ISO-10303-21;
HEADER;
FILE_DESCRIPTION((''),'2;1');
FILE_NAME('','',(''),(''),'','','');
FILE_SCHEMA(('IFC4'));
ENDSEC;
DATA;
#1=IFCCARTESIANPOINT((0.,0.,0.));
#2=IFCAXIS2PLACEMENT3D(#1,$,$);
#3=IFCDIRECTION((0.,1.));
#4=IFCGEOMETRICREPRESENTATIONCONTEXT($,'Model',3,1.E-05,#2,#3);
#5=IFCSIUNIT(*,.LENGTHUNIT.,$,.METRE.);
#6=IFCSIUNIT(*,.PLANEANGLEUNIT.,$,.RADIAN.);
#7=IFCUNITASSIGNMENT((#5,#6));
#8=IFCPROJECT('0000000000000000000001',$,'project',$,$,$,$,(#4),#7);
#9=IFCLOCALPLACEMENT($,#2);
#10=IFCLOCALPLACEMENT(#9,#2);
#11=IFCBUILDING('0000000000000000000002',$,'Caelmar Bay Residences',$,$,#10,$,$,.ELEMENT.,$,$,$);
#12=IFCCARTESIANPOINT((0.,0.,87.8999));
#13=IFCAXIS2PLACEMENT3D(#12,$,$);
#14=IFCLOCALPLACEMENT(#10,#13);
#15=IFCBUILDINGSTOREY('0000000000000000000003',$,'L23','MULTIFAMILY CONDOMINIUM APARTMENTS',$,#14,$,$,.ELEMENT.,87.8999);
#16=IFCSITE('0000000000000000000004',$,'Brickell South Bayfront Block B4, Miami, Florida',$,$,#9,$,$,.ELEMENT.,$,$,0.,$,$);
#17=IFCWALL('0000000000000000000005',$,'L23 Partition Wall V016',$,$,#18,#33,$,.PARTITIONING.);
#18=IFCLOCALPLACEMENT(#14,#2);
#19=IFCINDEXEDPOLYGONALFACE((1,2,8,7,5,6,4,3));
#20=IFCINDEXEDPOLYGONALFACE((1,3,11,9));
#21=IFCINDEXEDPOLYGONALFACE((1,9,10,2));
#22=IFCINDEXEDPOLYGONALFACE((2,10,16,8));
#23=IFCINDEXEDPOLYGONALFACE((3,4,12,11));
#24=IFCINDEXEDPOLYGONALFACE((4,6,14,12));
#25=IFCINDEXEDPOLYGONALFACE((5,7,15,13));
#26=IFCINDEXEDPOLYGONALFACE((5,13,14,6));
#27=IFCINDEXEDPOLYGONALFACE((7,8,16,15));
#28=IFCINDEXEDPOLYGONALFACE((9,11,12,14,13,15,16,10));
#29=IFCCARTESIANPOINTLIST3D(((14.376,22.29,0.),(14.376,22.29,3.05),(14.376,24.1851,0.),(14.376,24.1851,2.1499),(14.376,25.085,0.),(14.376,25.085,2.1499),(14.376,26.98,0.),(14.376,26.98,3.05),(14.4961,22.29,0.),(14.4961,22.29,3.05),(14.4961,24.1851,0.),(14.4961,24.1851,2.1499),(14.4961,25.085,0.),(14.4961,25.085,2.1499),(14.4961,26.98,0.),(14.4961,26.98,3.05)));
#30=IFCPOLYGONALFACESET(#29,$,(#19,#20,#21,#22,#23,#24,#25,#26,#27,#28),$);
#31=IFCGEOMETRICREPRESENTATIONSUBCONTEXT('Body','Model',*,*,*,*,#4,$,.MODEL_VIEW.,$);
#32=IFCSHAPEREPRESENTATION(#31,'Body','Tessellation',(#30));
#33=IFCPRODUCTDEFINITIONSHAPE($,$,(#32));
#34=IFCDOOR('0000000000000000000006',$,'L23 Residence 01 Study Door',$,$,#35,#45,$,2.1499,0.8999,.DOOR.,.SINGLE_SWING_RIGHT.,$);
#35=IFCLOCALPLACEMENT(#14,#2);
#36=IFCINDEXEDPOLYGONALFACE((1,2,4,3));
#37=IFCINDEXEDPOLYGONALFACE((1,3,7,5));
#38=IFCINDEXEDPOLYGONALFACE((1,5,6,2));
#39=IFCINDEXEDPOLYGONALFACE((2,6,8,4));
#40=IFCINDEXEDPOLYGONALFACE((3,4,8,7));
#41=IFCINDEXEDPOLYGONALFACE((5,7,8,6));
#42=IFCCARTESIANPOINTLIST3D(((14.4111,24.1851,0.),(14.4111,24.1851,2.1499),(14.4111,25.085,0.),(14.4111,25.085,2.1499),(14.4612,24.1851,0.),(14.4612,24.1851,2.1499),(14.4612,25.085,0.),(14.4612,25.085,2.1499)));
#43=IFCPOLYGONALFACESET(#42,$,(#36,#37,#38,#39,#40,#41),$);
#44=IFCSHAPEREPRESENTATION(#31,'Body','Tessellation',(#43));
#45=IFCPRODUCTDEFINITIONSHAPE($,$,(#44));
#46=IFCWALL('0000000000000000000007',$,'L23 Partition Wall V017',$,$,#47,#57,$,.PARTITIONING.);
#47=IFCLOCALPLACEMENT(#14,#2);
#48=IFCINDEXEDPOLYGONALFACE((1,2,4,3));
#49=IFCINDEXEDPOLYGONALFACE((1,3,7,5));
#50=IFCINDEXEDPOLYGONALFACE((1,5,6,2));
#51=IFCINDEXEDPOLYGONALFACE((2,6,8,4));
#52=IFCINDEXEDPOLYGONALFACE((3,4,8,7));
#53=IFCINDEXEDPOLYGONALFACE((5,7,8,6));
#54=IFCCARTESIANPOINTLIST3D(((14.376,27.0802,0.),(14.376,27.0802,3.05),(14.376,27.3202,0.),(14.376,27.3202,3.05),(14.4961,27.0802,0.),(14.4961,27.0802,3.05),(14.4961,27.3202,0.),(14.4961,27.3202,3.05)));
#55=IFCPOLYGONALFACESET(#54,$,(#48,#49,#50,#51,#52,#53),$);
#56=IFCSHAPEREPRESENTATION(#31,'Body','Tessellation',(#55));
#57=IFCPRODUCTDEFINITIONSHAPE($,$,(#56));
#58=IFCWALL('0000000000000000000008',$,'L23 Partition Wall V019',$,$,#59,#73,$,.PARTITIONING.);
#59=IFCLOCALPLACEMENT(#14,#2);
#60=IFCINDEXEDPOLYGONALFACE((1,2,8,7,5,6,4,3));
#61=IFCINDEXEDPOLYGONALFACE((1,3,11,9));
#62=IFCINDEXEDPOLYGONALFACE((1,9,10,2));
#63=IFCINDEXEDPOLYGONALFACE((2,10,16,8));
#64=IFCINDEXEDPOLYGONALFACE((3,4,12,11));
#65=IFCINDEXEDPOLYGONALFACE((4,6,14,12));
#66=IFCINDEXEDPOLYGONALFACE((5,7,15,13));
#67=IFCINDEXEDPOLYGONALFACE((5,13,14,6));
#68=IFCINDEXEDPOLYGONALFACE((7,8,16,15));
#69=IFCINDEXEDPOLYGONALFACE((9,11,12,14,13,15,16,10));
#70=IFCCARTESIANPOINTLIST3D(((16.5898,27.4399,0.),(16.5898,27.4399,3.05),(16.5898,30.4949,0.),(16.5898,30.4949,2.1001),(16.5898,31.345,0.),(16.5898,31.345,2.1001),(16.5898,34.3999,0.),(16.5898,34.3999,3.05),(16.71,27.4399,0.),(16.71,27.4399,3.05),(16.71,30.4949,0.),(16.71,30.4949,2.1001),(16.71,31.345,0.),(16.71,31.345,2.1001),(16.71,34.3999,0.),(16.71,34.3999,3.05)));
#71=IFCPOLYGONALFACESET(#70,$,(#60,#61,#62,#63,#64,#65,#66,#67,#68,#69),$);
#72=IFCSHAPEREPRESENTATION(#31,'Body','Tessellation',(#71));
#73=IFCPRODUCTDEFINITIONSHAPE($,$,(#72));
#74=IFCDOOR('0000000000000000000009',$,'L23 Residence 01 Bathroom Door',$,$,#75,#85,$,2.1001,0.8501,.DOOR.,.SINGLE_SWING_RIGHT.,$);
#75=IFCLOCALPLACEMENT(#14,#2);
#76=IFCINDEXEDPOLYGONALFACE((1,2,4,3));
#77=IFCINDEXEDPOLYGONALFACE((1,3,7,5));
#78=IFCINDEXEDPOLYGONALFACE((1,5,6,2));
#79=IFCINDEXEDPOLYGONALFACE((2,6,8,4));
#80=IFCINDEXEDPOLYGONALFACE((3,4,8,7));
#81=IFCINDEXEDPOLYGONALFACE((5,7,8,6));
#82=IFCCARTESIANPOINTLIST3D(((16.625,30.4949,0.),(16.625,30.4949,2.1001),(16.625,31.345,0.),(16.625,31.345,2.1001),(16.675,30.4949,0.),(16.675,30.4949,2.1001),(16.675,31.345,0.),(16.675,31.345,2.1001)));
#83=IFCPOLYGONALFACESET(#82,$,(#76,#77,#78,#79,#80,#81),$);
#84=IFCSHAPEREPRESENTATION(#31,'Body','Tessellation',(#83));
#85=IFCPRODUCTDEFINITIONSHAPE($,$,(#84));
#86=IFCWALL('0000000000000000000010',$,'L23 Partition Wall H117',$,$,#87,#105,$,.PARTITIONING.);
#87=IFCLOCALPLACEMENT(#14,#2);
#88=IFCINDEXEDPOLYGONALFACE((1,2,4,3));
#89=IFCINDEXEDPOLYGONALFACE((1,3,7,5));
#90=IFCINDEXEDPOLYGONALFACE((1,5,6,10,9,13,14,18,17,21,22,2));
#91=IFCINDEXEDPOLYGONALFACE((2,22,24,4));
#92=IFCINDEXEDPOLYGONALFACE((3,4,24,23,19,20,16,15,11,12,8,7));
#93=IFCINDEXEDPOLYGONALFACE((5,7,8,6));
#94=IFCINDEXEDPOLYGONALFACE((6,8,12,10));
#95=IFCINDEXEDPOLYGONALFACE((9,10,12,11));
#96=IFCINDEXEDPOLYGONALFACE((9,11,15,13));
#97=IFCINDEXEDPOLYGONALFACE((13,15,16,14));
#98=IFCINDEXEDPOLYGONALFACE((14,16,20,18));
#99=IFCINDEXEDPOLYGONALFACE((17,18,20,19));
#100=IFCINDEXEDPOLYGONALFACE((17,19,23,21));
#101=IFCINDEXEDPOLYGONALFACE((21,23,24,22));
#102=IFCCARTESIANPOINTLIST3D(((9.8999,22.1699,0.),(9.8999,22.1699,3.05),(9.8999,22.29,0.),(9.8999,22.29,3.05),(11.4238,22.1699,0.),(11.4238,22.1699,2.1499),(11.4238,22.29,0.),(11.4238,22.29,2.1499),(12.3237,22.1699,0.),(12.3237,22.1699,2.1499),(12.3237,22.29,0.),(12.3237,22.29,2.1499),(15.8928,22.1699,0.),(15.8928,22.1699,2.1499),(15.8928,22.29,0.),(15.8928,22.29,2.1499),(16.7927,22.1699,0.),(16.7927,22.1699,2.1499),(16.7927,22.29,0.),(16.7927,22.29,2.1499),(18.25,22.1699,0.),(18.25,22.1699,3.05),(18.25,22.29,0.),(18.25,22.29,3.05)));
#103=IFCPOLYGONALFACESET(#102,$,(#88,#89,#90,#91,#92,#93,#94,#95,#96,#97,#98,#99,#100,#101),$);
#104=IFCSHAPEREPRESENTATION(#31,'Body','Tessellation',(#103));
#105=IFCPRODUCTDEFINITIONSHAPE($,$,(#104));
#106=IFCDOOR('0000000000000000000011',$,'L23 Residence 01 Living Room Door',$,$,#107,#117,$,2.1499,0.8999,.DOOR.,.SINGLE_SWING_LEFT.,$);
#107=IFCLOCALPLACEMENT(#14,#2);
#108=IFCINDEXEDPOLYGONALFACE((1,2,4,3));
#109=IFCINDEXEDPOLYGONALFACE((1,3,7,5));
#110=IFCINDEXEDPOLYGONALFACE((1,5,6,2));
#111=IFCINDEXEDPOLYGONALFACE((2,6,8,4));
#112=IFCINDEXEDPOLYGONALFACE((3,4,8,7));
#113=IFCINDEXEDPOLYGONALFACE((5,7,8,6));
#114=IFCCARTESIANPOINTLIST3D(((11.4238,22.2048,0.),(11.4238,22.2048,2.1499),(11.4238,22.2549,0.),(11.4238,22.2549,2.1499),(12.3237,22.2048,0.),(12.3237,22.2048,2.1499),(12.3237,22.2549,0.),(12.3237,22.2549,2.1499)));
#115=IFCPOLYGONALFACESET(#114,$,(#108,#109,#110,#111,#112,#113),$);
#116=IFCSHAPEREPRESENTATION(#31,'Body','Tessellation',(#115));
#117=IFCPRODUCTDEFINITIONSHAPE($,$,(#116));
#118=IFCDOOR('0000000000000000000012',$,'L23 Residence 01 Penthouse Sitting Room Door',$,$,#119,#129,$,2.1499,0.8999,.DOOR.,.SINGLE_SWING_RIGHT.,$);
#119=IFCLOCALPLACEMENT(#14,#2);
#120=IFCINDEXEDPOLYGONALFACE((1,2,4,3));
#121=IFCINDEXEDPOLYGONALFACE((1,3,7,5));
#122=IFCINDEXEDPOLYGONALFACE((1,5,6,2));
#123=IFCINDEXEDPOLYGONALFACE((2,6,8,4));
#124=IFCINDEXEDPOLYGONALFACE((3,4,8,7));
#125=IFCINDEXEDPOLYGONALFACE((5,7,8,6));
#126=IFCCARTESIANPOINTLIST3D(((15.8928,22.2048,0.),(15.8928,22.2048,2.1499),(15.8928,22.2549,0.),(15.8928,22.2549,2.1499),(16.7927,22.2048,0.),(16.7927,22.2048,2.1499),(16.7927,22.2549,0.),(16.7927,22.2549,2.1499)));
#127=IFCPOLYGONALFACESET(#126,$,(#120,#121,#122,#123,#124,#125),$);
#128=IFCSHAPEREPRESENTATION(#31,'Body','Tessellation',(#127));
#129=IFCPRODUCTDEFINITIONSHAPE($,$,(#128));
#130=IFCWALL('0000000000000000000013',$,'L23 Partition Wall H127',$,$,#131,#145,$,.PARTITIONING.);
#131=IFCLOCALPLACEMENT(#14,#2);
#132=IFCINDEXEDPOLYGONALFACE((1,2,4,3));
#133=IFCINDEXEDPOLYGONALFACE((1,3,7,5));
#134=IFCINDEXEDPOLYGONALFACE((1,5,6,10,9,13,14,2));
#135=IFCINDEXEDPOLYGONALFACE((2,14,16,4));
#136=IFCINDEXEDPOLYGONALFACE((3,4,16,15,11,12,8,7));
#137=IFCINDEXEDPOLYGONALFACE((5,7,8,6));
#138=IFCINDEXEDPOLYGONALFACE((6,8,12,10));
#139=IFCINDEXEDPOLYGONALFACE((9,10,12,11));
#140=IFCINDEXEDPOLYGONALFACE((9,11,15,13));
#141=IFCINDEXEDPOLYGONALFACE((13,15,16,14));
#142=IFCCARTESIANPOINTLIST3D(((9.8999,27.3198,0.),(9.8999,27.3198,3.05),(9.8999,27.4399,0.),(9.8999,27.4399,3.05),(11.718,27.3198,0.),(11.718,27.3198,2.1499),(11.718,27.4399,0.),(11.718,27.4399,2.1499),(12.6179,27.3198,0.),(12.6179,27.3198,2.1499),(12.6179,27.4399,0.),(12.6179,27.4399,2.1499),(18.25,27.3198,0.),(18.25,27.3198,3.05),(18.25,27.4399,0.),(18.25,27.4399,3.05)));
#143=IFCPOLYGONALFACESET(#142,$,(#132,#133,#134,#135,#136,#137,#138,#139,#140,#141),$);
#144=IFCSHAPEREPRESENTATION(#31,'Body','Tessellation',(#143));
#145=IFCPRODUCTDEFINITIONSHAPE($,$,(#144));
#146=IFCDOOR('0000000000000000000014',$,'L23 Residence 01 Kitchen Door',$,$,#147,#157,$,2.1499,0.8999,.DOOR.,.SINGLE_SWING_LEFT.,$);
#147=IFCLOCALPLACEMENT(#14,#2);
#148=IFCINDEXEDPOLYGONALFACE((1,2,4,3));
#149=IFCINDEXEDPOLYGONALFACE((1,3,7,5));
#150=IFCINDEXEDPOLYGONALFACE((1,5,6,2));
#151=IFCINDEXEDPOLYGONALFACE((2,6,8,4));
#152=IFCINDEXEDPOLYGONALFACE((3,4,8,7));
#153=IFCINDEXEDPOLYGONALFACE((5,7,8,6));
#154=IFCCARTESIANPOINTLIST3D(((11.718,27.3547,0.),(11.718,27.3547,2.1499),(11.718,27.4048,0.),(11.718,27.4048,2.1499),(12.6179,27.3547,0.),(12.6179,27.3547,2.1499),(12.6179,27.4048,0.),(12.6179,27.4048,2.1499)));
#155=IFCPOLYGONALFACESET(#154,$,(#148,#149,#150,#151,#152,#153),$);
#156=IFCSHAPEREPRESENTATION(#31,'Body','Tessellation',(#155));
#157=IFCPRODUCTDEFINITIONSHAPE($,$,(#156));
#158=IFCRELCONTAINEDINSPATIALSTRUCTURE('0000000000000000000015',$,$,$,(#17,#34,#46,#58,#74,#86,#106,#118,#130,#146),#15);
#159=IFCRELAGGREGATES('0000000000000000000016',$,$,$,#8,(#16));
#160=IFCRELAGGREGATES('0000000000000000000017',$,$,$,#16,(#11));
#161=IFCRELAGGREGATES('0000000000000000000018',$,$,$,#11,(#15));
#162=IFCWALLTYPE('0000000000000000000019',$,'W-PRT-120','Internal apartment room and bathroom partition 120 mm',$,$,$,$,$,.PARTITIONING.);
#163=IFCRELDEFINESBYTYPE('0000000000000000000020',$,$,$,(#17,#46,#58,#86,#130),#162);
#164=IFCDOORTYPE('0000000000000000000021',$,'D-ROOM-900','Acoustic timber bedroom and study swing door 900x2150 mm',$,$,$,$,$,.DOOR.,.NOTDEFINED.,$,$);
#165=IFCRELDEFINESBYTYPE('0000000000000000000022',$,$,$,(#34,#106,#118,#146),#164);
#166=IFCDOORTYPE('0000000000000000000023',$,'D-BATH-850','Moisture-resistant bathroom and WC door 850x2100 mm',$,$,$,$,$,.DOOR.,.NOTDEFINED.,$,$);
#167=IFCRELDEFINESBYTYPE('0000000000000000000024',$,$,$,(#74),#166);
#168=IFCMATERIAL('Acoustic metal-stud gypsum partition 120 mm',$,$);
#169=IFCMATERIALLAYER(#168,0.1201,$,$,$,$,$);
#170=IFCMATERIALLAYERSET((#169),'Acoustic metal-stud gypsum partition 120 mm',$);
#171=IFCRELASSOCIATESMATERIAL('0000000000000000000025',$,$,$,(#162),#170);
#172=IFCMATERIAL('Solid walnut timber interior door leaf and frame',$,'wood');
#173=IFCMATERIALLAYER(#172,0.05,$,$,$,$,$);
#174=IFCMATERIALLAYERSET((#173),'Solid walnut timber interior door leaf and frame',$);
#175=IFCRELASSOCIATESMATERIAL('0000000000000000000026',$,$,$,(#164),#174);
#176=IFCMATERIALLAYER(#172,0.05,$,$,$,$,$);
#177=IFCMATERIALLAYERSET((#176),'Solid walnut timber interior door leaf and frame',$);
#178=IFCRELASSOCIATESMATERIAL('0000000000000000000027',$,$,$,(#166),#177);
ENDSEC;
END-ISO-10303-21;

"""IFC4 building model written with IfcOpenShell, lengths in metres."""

from ifc_helpers import new_model, si_unit, direction, frame, frame_2d, origin, place, context, subcontext, project, spatial, rectangle, extrude, material, layer, layer_set, type_object, element, fill, save


model = new_model("IFC4")

# Units and contexts
model_context = context("Model", 3, precision=1e-05, world=origin(), true_north=direction((0.0, 1.0)))
body_context = subcontext(model_context, "Body", "Model", "MODEL_VIEW")
ifc_project = project(units=[si_unit("LENGTHUNIT", "METRE"), si_unit("PLANEANGLEUNIT", "RADIAN")], contexts=[model_context])

# Site, building, storey
site_placement = place(None, origin())
site = spatial("IfcSite", under=ifc_project, at=site_placement, Name="Brickell South Bayfront Block B4, Miami, Florida", CompositionType="ELEMENT", RefElevation=0.0)
building_placement = place(site_placement, origin())
building = spatial("IfcBuilding", under=site, at=building_placement, Name="Caelmar Bay Residences", CompositionType="ELEMENT")
storey_placement = place(building_placement, frame((0.0, 0.0, 87.8999)))
storey = spatial("IfcBuildingStorey", under=building, at=storey_placement, Name="L23", Description="MULTIFAMILY CONDOMINIUM APARTMENTS", CompositionType="ELEMENT", Elevation=87.8999)

# Shared definitions
ifc_material_1 = material(Name="Acoustic metal-stud gypsum partition 120 mm")
ifc_layer_1 = layer(ifc_material_1, 0.1201)
ifc_layer_set_1 = layer_set([ifc_layer_1], Name="Acoustic metal-stud gypsum partition 120 mm")
wall_type_1 = type_object("IfcWallType", Name="W-PRT-120", Description="Internal apartment room and bathroom partition 120 mm", PredefinedType="PARTITIONING", material=ifc_layer_set_1)

# Shared definitions
ifc_material_2 = material(Name="Solid walnut timber interior door leaf and frame", Category="wood")
ifc_layer_2 = layer(ifc_material_2, 0.05)
ifc_layer_set_2 = layer_set([ifc_layer_2], Name="Solid walnut timber interior door leaf and frame")
door_type_1 = type_object("IfcDoorType", Name="D-ROOM-900", Description="Acoustic timber bedroom and study swing door 900x2150 mm", OperationType="NOTDEFINED", PredefinedType="DOOR", material=ifc_layer_set_2)

# Wall, opening, door
wall_1_placement = place(storey_placement, frame((14.436, 22.29, 0.0), z_axis=(0.0, 0.0, 1.0), x_axis=(0.0, 1.0, 0.0)))
wall_1 = element("IfcWall", 1, at=wall_1_placement, inside=storey, type_object=wall_type_1, Name="L23 Partition Wall V016", PredefinedType="PARTITIONING", context=body_context, shape_type="SweptSolid", body=[
    extrude(rectangle(XDim=4.6899, YDim=0.1201, at=frame_2d((2.345, 0.0))), origin(), (0.0, 0.0, 1.0), 3.05),
])
opening_1_placement = place(wall_1_placement, frame((1.895, 0.0, 0.0)))
opening_1 = element("IfcOpeningElement", 2, at=opening_1_placement, cuts=wall_1, PredefinedType="OPENING", context=body_context, shape_type="SweptSolid", body=[
    extrude(rectangle(XDim=0.8999, YDim=2.1499, at=frame_2d((0.45, 1.075))), frame((0.0, 0.0701, 0.0), z_axis=(0.0, -1.0, 0.0), x_axis=(1.0, 0.0, 0.0)), (0.0, 0.0, 1.0), 0.1401),
])
door_1_placement = place(opening_1_placement, origin())
door_1 = element("IfcDoor", 3, at=door_1_placement, inside=storey, type_object=door_type_1, Name="L23 Residence 01 Study Door", OperationType="SINGLE_SWING_RIGHT", OverallHeight=2.1499, OverallWidth=0.8999, PredefinedType="DOOR", context=body_context, shape_type="SweptSolid", body=[
    extrude(rectangle(XDim=0.8999, YDim=2.1499, at=frame_2d((0.45, 1.075))), frame((0.0, 0.0249, 0.0), z_axis=(0.0, -1.0, 0.0), x_axis=(1.0, 0.0, 0.0)), (0.0, 0.0, 1.0), 0.05),
])
fill(opening_1, door_1)

# Wall
wall_2_placement = place(storey_placement, frame((14.436, 27.0801, 0.0), z_axis=(0.0, 0.0, 1.0), x_axis=(0.0, 1.0, 0.0)))
element("IfcWall", 4, at=wall_2_placement, inside=storey, type_object=wall_type_1, Name="L23 Partition Wall V017", PredefinedType="PARTITIONING", context=body_context, shape_type="SweptSolid", body=[
    extrude(rectangle(XDim=0.24, YDim=0.1201, at=frame_2d((0.1201, 0.0))), origin(), (0.0, 0.0, 1.0), 3.05),
])

# Wall, opening, door
wall_3_placement = place(storey_placement, frame((16.6499, 27.4399, 0.0), z_axis=(0.0, 0.0, 1.0), x_axis=(0.0, 1.0, 0.0)))
wall_3 = element("IfcWall", 5, at=wall_3_placement, inside=storey, type_object=wall_type_1, Name="L23 Partition Wall V019", PredefinedType="PARTITIONING", context=body_context, shape_type="SweptSolid", body=[
    extrude(rectangle(XDim=6.96, YDim=0.1201, at=frame_2d((3.48, 0.0))), origin(), (0.0, 0.0, 1.0), 3.05),
])
opening_2_placement = place(wall_3_placement, frame((3.0549, 0.0, 0.0)))
opening_2 = element("IfcOpeningElement", 6, at=opening_2_placement, cuts=wall_3, PredefinedType="OPENING", context=body_context, shape_type="SweptSolid", body=[
    extrude(rectangle(XDim=0.8501, YDim=2.1001, at=frame_2d((0.425, 1.05))), frame((0.0, 0.0701, 0.0), z_axis=(0.0, -1.0, 0.0), x_axis=(1.0, 0.0, 0.0)), (0.0, 0.0, 1.0), 0.1401),
])
ifc_layer_3 = layer(ifc_material_2, 0.05)
ifc_layer_set_3 = layer_set([ifc_layer_3], Name="Solid walnut timber interior door leaf and frame")
door_type_2 = type_object("IfcDoorType", Name="D-BATH-850", Description="Moisture-resistant bathroom and WC door 850x2100 mm", OperationType="NOTDEFINED", PredefinedType="DOOR", material=ifc_layer_set_3)
door_2_placement = place(opening_2_placement, origin())
door_2 = element("IfcDoor", 7, at=door_2_placement, inside=storey, type_object=door_type_2, Name="L23 Residence 01 Bathroom Door", OperationType="SINGLE_SWING_RIGHT", OverallHeight=2.1001, OverallWidth=0.8501, PredefinedType="DOOR", context=body_context, shape_type="SweptSolid", body=[
    extrude(rectangle(XDim=0.8501, YDim=2.1001, at=frame_2d((0.425, 1.05))), frame((0.0, 0.0249, 0.0), z_axis=(0.0, -1.0, 0.0), x_axis=(1.0, 0.0, 0.0)), (0.0, 0.0, 1.0), 0.05),
])
fill(opening_2, door_2)

# Wall, openings, doors
wall_4_placement = place(storey_placement, frame((9.8999, 22.23, 0.0), z_axis=(0.0, 0.0, 1.0), x_axis=(1.0, 0.0, 0.0)))
wall_4 = element("IfcWall", 8, at=wall_4_placement, inside=storey, type_object=wall_type_1, Name="L23 Partition Wall H117", PredefinedType="PARTITIONING", context=body_context, shape_type="SweptSolid", body=[
    extrude(rectangle(XDim=8.3501, YDim=0.1201, at=frame_2d((4.175, 0.0))), origin(), (0.0, 0.0, 1.0), 3.05),
])
opening_3_placement = place(wall_4_placement, frame((1.5239, 0.0, 0.0)))
opening_3 = element("IfcOpeningElement", 9, at=opening_3_placement, cuts=wall_4, PredefinedType="OPENING", context=body_context, shape_type="SweptSolid", body=[
    extrude(rectangle(XDim=0.8999, YDim=2.1499, at=frame_2d((0.45, 1.075))), frame((0.0, 0.0701, 0.0), z_axis=(0.0, -1.0, 0.0), x_axis=(1.0, 0.0, 0.0)), (0.0, 0.0, 1.0), 0.1401),
])
opening_4_placement = place(wall_4_placement, frame((5.9929, 0.0, 0.0)))
opening_4 = element("IfcOpeningElement", 10, at=opening_4_placement, cuts=wall_4, PredefinedType="OPENING", context=body_context, shape_type="SweptSolid", body=[
    extrude(rectangle(XDim=0.8999, YDim=2.1499, at=frame_2d((0.45, 1.075))), frame((0.0, 0.0701, 0.0), z_axis=(0.0, -1.0, 0.0), x_axis=(1.0, 0.0, 0.0)), (0.0, 0.0, 1.0), 0.1401),
])
door_3_placement = place(opening_3_placement, origin())
door_3 = element("IfcDoor", 11, at=door_3_placement, inside=storey, type_object=door_type_1, Name="L23 Residence 01 Living Room Door", OperationType="SINGLE_SWING_LEFT", OverallHeight=2.1499, OverallWidth=0.8999, PredefinedType="DOOR", context=body_context, shape_type="SweptSolid", body=[
    extrude(rectangle(XDim=0.8999, YDim=2.1499, at=frame_2d((0.45, 1.075))), frame((0.0, 0.0249, 0.0), z_axis=(0.0, -1.0, 0.0), x_axis=(1.0, 0.0, 0.0)), (0.0, 0.0, 1.0), 0.05),
])
fill(opening_3, door_3)
door_4_placement = place(opening_4_placement, origin())
door_4 = element("IfcDoor", 12, at=door_4_placement, inside=storey, type_object=door_type_1, Name="L23 Residence 01 Penthouse Sitting Room Door", OperationType="SINGLE_SWING_RIGHT", OverallHeight=2.1499, OverallWidth=0.8999, PredefinedType="DOOR", context=body_context, shape_type="SweptSolid", body=[
    extrude(rectangle(XDim=0.8999, YDim=2.1499, at=frame_2d((0.45, 1.075))), frame((0.0, 0.0249, 0.0), z_axis=(0.0, -1.0, 0.0), x_axis=(1.0, 0.0, 0.0)), (0.0, 0.0, 1.0), 0.05),
])
fill(opening_4, door_4)

# Wall, opening, door
wall_5_placement = place(storey_placement, frame((9.8999, 27.3799, 0.0), z_axis=(0.0, 0.0, 1.0), x_axis=(1.0, 0.0, 0.0)))
wall_5 = element("IfcWall", 13, at=wall_5_placement, inside=storey, type_object=wall_type_1, Name="L23 Partition Wall H127", PredefinedType="PARTITIONING", context=body_context, shape_type="SweptSolid", body=[
    extrude(rectangle(XDim=8.3501, YDim=0.1201, at=frame_2d((4.175, 0.0))), origin(), (0.0, 0.0, 1.0), 3.05),
])
opening_5_placement = place(wall_5_placement, frame((1.8181, 0.0, 0.0)))
opening_5 = element("IfcOpeningElement", 14, at=opening_5_placement, cuts=wall_5, PredefinedType="OPENING", context=body_context, shape_type="SweptSolid", body=[
    extrude(rectangle(XDim=0.8999, YDim=2.1499, at=frame_2d((0.45, 1.075))), frame((0.0, 0.0701, 0.0), z_axis=(0.0, -1.0, 0.0), x_axis=(1.0, 0.0, 0.0)), (0.0, 0.0, 1.0), 0.1401),
])
door_5_placement = place(opening_5_placement, origin())
door_5 = element("IfcDoor", 15, at=door_5_placement, inside=storey, type_object=door_type_1, Name="L23 Residence 01 Kitchen Door", OperationType="SINGLE_SWING_LEFT", OverallHeight=2.1499, OverallWidth=0.8999, PredefinedType="DOOR", context=body_context, shape_type="SweptSolid", body=[
    extrude(rectangle(XDim=0.8999, YDim=2.1499, at=frame_2d((0.45, 1.075))), frame((0.0, 0.0249, 0.0), z_axis=(0.0, -1.0, 0.0), x_axis=(1.0, 0.0, 0.0)), (0.0, 0.0, 1.0), 0.05),
])
fill(opening_5, door_5)

save(model, "model.ifc")
